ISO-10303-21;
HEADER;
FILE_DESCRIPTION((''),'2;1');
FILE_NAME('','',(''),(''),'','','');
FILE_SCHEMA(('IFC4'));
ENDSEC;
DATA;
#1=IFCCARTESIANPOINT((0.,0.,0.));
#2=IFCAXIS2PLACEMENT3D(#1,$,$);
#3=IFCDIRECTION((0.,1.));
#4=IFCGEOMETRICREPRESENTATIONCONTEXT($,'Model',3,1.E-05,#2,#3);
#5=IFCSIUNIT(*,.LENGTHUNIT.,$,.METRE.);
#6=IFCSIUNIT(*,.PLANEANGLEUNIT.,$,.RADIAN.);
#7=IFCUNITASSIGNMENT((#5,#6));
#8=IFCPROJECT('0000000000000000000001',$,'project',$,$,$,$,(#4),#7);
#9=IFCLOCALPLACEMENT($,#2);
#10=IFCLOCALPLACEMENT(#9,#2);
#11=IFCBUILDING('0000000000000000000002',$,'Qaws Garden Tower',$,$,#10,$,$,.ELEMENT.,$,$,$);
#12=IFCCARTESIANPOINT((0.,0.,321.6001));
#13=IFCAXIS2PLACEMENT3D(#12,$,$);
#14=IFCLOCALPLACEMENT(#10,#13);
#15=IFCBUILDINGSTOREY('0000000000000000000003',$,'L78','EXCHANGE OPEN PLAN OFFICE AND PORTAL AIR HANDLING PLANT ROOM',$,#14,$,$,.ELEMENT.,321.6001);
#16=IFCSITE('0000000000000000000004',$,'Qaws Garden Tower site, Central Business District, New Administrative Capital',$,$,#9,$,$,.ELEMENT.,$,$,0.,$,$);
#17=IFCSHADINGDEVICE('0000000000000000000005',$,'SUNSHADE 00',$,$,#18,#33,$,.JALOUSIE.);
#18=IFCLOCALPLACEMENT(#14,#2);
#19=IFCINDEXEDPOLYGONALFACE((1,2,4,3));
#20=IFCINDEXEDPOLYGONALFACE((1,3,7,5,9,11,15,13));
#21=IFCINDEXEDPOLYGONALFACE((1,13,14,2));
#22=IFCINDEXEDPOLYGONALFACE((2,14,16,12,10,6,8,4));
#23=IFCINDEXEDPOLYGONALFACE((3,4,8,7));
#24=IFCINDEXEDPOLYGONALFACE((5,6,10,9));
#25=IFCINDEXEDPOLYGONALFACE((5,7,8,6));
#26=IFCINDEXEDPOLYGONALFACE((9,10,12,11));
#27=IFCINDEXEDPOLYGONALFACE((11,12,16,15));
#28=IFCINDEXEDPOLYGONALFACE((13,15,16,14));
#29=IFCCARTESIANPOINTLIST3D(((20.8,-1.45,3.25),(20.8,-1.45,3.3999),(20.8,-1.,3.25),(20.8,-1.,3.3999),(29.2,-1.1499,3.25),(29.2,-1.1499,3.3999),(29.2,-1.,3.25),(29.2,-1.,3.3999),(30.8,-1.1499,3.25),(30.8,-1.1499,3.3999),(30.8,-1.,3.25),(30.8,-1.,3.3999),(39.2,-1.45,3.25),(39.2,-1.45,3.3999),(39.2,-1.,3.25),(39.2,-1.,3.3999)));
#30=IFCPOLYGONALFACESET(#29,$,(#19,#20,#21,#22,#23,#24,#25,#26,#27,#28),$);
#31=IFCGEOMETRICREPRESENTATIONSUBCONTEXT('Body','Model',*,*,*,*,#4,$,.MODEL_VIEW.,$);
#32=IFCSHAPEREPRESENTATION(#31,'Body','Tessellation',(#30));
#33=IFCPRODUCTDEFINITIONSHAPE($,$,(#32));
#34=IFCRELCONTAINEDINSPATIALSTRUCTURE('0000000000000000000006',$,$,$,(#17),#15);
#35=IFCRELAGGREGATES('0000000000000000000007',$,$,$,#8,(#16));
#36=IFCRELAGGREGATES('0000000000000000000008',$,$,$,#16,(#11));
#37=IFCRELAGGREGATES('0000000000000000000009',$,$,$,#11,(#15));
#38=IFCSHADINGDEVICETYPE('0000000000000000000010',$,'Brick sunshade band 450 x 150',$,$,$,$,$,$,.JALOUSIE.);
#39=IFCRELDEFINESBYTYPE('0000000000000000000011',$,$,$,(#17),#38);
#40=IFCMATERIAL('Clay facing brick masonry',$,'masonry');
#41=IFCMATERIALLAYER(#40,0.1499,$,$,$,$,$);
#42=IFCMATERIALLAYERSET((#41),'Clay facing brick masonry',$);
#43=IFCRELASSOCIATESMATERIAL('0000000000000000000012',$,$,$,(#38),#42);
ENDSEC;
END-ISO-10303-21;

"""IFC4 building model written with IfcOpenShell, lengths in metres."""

from ifc_helpers import new_model, si_unit, direction, frame, origin, place, context, subcontext, project, spatial, polyline, outline, extrude, material, layer, layer_set, type_object, element, save


model = new_model("IFC4")

# Units and contexts
model_context = context("Model", 3, precision=1e-05, world=origin(), true_north=direction((0.0, 1.0)))
body_context = subcontext(model_context, "Body", "Model", "MODEL_VIEW")
ifc_project = project(units=[si_unit("LENGTHUNIT", "METRE"), si_unit("PLANEANGLEUNIT", "RADIAN")], contexts=[model_context])

# Site, building, storey
site_placement = place(None, origin())
site = spatial("IfcSite", under=ifc_project, at=site_placement, Name="Qaws Garden Tower site, Central Business District, New Administrative Capital", CompositionType="ELEMENT", RefElevation=0.0)
building_placement = place(site_placement, origin())
building = spatial("IfcBuilding", under=site, at=building_placement, Name="Qaws Garden Tower", CompositionType="ELEMENT")
storey_placement = place(building_placement, frame((0.0, 0.0, 321.6001)))
storey = spatial("IfcBuildingStorey", under=building, at=storey_placement, Name="L78", Description="EXCHANGE OPEN PLAN OFFICE AND PORTAL AIR HANDLING PLANT ROOM", CompositionType="ELEMENT", Elevation=321.6001)

# Shading device
ifc_material_1 = material(Name="Clay facing brick masonry", Category="masonry")
ifc_layer_1 = layer(ifc_material_1, 0.1499)
ifc_layer_set_1 = layer_set([ifc_layer_1], Name="Clay facing brick masonry")
shading_device_type = type_object("IfcShadingDeviceType", Name="Brick sunshade band 450 x 150", PredefinedType="JALOUSIE", material=ifc_layer_set_1)
shading_device_placement = place(storey_placement, frame((0.0, 0.0, 3.25)))
element("IfcShadingDevice", 1, at=shading_device_placement, inside=storey, type_object=shading_device_type, Name="SUNSHADE 00", PredefinedType="JALOUSIE", context=body_context, shape_type="SweptSolid", body=[
    extrude(outline(polyline([(20.8, -1.0), (20.8, -1.45), (39.2, -1.45), (39.2, -1.0), (30.8, -1.0), (30.8, -1.1499), (29.2, -1.1499), (29.2, -1.0), (20.8, -1.0)])), origin(), (0.0, 0.0, 1.0), 0.1499),
])

save(model, "model.ifc")
